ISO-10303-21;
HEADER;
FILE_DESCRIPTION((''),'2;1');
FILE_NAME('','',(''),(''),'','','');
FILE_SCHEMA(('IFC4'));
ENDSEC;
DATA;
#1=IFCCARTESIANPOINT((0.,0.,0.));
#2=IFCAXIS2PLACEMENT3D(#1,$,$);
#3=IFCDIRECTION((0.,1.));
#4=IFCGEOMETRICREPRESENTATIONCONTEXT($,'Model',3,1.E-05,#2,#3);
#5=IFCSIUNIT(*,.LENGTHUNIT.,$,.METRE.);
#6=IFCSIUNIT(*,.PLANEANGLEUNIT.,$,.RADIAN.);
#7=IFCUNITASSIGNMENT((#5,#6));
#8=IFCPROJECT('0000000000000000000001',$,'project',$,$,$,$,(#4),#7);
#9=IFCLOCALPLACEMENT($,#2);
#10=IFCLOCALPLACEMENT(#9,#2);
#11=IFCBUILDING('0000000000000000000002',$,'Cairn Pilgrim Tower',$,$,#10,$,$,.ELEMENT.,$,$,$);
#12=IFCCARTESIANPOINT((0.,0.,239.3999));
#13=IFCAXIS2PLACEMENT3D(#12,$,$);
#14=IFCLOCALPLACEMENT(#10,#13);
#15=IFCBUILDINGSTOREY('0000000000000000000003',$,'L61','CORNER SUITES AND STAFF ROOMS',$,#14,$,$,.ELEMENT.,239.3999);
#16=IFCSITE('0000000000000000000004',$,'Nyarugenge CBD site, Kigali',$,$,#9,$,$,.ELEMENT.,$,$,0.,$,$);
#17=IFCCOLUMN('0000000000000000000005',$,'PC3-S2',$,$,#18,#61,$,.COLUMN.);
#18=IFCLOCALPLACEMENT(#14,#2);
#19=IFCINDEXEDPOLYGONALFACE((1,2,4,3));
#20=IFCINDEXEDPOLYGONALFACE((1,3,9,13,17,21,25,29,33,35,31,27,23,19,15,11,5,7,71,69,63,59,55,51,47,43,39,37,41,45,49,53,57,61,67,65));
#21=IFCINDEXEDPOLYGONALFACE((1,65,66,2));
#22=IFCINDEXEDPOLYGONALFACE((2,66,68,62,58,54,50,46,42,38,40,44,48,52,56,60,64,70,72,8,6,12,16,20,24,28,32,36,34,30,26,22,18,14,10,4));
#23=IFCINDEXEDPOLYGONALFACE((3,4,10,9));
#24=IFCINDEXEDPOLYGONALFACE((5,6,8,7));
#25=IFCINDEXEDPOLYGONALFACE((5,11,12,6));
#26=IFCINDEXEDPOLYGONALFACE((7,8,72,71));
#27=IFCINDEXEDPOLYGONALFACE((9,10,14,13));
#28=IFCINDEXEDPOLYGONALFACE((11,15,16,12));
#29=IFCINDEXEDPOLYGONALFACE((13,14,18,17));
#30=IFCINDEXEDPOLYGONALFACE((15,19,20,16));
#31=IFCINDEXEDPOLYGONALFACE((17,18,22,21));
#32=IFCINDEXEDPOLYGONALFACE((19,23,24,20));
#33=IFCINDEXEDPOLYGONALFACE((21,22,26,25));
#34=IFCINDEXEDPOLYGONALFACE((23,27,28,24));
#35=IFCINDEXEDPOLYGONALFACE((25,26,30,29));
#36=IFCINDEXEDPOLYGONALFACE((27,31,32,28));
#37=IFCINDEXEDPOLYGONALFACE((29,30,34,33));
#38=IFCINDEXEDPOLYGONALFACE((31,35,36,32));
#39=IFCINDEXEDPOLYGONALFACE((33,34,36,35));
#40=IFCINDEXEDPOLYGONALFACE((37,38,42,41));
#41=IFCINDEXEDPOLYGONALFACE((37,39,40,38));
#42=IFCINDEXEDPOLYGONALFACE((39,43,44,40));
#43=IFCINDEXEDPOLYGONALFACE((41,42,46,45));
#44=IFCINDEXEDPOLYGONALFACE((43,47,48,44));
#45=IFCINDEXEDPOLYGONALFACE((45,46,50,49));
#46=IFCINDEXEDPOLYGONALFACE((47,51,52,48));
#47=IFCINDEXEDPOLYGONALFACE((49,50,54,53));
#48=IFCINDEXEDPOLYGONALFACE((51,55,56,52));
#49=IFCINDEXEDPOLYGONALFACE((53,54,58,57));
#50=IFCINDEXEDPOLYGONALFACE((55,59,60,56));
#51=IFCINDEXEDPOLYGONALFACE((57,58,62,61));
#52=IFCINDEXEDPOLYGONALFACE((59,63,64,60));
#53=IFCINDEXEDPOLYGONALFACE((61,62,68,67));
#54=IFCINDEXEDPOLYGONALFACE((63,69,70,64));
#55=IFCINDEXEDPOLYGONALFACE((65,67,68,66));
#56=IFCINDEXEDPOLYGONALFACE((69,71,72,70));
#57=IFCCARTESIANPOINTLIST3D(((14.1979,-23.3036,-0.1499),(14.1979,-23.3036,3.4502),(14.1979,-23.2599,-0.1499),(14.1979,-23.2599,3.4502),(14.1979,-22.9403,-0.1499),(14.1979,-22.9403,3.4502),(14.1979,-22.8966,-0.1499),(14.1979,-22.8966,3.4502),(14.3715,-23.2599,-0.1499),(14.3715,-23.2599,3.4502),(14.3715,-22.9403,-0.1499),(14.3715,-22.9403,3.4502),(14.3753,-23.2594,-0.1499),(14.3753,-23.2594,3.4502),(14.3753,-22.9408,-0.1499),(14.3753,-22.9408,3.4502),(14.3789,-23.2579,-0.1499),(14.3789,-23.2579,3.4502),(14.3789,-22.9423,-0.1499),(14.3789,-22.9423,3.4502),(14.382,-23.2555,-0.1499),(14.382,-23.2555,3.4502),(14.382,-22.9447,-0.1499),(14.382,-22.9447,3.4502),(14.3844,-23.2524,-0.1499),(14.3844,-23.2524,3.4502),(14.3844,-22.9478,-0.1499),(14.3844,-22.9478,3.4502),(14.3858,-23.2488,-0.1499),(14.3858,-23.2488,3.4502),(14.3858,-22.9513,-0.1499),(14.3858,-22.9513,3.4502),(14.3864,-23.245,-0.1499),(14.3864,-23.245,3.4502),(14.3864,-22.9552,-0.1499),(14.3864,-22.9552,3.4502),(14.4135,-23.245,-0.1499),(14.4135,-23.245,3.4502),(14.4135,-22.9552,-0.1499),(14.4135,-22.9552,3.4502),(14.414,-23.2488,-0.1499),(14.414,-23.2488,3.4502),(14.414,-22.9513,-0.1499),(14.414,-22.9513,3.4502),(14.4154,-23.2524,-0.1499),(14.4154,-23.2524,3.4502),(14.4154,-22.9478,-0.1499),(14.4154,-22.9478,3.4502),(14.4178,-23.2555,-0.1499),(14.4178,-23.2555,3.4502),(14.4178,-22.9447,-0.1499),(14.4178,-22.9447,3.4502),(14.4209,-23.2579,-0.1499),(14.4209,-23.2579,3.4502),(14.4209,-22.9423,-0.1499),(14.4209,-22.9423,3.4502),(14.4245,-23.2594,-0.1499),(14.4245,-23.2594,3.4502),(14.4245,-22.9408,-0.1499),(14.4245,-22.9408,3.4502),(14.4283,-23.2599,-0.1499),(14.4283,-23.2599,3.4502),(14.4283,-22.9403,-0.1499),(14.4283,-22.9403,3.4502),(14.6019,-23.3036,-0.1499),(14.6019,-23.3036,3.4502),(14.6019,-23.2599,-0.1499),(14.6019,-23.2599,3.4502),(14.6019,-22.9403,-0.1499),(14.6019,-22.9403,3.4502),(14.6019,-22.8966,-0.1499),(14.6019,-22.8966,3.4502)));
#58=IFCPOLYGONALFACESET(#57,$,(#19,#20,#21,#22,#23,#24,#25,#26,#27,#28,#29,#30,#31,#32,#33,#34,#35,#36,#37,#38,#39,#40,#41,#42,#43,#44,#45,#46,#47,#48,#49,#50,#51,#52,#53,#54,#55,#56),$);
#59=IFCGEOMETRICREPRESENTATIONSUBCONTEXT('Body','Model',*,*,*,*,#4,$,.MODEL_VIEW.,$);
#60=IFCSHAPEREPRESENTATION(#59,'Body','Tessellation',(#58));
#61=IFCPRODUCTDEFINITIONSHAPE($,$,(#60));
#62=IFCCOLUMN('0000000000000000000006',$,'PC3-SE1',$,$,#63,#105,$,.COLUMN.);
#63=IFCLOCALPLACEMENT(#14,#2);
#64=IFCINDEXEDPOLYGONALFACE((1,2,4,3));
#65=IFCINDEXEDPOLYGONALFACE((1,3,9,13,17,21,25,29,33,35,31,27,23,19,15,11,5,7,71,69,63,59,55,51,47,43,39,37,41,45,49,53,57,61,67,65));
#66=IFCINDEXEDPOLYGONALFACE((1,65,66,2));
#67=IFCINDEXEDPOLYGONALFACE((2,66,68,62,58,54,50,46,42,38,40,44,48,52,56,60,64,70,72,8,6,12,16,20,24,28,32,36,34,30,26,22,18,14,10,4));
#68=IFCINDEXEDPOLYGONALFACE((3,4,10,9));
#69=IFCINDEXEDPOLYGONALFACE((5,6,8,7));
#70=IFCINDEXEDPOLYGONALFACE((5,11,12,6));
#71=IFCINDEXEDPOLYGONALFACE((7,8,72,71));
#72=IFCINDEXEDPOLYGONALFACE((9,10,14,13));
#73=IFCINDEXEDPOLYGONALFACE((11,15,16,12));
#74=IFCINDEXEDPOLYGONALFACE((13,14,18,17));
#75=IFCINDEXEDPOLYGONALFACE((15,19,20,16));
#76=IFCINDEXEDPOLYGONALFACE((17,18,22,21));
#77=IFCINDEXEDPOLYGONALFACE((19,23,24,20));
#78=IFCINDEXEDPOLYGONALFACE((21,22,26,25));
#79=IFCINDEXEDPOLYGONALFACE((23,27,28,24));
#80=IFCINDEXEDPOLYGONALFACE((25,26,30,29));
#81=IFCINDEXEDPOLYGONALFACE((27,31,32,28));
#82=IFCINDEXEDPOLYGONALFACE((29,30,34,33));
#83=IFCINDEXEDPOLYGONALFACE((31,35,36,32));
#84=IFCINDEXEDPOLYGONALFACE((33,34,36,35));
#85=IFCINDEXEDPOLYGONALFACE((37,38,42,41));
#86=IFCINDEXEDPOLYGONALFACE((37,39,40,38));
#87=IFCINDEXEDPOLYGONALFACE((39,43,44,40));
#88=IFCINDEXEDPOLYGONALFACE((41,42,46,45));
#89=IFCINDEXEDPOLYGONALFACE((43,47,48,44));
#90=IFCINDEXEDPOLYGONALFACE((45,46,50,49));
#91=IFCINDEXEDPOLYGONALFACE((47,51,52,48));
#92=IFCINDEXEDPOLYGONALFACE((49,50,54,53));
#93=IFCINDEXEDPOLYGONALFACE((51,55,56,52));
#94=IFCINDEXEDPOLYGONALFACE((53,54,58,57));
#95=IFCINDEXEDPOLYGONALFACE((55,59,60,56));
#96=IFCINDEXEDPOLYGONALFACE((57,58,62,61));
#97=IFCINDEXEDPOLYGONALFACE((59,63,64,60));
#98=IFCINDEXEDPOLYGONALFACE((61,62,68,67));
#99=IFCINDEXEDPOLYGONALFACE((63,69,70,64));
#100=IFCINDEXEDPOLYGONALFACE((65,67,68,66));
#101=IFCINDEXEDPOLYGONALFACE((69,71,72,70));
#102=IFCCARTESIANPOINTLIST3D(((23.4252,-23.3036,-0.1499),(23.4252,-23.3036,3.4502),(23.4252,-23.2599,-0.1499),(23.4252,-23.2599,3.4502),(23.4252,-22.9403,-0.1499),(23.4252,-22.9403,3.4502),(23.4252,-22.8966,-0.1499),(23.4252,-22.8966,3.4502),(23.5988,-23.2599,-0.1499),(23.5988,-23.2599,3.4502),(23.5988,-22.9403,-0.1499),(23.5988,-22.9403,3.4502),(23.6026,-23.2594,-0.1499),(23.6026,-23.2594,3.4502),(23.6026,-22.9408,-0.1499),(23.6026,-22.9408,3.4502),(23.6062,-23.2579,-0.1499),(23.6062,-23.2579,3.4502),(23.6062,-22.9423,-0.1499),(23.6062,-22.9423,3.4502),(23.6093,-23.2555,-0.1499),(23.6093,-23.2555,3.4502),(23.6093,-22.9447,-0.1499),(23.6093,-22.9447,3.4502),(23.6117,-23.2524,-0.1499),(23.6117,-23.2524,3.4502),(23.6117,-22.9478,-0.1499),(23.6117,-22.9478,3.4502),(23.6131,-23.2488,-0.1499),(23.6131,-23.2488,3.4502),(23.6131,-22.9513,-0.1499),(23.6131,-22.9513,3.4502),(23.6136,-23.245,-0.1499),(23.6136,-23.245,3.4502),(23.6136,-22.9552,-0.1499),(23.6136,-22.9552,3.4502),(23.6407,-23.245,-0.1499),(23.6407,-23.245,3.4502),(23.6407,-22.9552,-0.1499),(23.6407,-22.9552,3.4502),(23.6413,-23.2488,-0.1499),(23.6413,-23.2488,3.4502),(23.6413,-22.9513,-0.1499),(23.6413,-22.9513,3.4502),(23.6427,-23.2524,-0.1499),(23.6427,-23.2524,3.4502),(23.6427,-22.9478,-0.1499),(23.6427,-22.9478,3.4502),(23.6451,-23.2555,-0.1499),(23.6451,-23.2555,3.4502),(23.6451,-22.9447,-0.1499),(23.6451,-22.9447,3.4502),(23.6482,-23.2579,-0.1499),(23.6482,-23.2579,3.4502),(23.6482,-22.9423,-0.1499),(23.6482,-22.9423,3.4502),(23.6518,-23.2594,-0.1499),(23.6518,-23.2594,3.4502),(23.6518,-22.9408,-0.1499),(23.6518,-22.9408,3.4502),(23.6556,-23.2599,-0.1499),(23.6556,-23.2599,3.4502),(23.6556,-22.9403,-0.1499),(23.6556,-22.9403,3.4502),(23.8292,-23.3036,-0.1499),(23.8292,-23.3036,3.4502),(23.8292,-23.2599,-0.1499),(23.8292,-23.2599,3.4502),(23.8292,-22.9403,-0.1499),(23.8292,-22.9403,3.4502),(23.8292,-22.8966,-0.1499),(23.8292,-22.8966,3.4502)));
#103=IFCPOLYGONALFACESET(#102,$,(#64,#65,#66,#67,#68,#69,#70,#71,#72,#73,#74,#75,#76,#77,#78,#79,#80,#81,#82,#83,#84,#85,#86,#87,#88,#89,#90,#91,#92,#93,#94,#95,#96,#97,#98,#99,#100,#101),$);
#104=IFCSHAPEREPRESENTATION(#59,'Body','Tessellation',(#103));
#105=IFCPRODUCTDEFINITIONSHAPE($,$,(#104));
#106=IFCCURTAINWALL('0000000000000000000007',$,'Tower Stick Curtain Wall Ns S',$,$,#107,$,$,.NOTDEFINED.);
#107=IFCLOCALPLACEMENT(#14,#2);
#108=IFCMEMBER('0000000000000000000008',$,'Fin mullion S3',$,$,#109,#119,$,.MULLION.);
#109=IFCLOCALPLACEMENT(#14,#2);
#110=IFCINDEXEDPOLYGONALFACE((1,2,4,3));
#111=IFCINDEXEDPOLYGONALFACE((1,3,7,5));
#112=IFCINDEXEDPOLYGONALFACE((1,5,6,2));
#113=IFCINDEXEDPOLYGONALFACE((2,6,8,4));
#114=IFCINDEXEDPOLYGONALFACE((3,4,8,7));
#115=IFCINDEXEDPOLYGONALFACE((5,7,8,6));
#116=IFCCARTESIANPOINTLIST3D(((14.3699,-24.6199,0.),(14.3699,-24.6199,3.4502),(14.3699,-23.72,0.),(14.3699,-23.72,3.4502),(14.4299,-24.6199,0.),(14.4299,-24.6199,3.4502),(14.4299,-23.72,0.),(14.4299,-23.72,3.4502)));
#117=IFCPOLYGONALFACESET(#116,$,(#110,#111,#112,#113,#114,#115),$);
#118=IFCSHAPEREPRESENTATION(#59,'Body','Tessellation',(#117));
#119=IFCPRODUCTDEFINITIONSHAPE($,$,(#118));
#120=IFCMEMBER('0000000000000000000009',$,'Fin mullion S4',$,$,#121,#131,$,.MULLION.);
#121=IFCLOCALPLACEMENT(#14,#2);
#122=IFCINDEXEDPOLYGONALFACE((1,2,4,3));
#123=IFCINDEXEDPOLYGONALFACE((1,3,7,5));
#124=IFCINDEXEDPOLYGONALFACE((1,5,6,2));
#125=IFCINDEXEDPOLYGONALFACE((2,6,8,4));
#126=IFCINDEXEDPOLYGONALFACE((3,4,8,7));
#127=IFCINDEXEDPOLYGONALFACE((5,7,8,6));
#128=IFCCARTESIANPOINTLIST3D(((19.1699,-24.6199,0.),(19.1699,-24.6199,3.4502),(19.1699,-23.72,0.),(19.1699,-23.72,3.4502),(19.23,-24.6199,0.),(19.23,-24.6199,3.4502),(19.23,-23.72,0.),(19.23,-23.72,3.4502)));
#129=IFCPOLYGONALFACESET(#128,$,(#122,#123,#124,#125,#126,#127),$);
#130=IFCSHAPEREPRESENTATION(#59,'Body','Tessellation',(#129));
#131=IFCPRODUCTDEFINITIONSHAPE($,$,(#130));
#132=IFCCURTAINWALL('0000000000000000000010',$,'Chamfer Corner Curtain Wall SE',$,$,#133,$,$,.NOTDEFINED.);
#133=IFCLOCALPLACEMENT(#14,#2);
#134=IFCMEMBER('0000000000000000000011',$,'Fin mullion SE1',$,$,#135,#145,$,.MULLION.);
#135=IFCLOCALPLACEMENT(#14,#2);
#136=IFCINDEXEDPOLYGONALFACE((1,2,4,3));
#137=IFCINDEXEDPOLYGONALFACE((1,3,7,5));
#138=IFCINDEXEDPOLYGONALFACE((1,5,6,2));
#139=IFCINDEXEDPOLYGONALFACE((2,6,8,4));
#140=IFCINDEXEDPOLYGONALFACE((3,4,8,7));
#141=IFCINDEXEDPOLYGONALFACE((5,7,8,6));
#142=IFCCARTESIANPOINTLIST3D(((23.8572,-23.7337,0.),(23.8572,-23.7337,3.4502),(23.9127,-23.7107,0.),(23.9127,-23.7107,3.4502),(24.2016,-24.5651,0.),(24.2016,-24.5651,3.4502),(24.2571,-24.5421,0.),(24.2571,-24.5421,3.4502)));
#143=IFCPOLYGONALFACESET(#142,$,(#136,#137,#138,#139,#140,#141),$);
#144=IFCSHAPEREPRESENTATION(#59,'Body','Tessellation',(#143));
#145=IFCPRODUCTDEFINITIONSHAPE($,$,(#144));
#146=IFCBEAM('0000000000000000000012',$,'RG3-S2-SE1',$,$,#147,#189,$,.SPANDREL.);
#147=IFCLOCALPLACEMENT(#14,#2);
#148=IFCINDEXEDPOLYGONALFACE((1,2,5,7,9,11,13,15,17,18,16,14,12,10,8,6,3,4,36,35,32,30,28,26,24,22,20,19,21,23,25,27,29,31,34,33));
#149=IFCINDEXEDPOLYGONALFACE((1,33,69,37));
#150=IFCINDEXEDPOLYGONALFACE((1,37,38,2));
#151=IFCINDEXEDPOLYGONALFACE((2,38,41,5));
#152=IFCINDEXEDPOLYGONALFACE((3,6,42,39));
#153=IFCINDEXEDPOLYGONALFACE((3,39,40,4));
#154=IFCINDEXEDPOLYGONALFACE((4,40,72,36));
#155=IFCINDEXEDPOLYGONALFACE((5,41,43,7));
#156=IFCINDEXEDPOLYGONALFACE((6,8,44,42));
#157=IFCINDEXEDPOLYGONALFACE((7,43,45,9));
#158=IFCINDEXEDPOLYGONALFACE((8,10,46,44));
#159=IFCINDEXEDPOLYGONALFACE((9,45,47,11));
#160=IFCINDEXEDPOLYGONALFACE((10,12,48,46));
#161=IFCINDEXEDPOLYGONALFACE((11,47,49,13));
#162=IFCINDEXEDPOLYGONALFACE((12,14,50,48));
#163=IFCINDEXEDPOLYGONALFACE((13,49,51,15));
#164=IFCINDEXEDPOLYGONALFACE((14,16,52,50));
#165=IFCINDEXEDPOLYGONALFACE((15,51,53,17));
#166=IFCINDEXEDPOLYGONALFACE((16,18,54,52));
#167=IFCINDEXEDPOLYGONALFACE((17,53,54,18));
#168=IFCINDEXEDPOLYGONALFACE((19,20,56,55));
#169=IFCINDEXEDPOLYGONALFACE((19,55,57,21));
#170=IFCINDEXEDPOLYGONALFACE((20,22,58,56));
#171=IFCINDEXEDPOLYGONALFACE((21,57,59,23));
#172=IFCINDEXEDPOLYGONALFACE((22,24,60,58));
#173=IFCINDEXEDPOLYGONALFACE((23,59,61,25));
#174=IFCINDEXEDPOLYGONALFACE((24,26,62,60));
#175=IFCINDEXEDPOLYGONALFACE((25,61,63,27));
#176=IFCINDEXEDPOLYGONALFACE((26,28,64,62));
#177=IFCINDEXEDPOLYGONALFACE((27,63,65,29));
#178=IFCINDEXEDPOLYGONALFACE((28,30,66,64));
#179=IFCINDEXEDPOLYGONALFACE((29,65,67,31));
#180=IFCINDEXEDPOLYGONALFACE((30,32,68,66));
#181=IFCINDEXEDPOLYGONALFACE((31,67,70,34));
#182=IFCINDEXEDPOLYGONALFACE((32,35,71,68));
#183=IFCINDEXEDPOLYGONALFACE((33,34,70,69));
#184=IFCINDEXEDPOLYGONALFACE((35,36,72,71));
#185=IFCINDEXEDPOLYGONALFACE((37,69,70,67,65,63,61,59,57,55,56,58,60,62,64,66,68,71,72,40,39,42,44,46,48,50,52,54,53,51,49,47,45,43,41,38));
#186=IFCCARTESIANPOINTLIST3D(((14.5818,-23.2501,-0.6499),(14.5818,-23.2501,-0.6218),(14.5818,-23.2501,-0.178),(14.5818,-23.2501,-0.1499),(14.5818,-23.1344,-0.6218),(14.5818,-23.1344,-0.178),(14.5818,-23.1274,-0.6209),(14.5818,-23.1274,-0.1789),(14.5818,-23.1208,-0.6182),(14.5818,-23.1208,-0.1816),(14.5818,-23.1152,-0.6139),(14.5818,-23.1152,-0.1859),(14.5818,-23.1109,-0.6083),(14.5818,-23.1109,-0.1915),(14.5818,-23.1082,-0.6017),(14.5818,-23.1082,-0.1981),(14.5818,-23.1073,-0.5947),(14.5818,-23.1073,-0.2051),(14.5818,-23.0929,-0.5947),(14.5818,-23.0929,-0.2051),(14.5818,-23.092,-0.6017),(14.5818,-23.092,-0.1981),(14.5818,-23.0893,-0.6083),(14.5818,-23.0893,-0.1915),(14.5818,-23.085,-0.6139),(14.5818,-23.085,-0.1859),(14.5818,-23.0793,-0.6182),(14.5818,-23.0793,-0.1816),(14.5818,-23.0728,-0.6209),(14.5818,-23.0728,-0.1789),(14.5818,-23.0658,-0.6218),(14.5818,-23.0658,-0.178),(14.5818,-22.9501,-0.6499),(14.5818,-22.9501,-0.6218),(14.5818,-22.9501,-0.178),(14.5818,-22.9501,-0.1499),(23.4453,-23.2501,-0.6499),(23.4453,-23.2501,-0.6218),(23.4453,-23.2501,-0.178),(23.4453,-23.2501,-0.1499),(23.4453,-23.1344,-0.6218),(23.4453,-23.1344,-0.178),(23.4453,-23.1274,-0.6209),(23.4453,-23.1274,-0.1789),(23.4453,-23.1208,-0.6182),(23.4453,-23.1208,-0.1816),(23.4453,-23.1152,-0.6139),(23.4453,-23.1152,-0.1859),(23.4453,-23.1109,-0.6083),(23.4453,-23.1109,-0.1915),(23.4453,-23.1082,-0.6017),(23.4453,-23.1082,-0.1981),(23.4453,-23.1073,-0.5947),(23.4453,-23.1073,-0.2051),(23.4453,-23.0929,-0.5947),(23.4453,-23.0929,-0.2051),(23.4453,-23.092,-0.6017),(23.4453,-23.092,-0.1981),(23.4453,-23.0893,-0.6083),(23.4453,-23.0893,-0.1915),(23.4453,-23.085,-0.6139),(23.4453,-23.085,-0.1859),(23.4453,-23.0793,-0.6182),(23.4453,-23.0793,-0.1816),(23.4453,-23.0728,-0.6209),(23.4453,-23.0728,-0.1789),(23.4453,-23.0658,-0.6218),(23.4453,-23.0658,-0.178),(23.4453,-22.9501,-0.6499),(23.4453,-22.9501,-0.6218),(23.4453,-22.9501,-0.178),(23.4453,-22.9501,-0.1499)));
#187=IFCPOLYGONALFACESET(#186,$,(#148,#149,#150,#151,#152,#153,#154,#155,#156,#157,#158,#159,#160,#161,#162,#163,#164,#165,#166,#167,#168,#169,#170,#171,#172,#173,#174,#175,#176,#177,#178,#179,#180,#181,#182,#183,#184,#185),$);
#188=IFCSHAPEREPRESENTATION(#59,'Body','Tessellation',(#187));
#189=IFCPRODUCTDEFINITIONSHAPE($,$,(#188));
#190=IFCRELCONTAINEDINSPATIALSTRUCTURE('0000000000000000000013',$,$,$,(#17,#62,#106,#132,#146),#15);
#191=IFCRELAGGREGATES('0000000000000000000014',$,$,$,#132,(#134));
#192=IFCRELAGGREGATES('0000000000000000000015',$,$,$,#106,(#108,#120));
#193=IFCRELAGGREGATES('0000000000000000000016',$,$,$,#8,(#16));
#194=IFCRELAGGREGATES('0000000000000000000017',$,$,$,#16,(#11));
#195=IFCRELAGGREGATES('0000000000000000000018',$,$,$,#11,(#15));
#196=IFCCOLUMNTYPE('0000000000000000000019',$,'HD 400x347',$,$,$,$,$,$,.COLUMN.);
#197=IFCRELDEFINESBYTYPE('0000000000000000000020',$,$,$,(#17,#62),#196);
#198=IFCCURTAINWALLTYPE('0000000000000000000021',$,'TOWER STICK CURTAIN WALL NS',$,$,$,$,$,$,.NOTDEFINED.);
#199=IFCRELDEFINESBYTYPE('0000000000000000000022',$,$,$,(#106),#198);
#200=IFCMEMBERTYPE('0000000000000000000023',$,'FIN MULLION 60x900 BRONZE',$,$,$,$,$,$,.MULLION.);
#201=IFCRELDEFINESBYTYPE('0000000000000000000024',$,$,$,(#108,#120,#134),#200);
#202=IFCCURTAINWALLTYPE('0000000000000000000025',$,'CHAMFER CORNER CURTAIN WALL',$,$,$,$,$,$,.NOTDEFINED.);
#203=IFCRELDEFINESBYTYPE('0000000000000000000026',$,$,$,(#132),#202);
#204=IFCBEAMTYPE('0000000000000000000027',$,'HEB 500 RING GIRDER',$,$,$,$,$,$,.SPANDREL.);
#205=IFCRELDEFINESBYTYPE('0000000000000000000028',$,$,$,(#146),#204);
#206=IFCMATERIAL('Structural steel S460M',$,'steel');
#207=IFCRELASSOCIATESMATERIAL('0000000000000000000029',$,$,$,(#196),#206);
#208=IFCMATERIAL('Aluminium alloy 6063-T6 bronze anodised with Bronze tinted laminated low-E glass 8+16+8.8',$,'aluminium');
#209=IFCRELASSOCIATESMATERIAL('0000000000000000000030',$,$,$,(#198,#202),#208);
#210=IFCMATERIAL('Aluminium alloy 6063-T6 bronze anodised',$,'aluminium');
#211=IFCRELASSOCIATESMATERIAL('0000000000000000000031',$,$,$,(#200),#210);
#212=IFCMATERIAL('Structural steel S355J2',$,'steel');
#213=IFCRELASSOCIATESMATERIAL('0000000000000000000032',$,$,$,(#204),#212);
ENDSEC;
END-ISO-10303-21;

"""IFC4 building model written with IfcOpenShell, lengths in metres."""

from ifc_helpers import new_model, si_unit, direction, frame, origin, origin_2d, place, context, subcontext, project, spatial, rectangle, i_section, extrude, material, material_profile, profile_set, type_object, element, aggregate, save


model = new_model("IFC4")

# Units and contexts
model_context = context("Model", 3, precision=1e-05, world=origin(), true_north=direction((0.0, 1.0)))
body_context = subcontext(model_context, "Body", "Model", "MODEL_VIEW")
ifc_project = project(units=[si_unit("LENGTHUNIT", "METRE"), si_unit("PLANEANGLEUNIT", "RADIAN")], contexts=[model_context])

# Site, building, storey
site_placement = place(None, origin())
site = spatial("IfcSite", under=ifc_project, at=site_placement, Name="Nyarugenge CBD site, Kigali", CompositionType="ELEMENT", RefElevation=0.0)
building_placement = place(site_placement, origin())
building = spatial("IfcBuilding", under=site, at=building_placement, Name="Cairn Pilgrim Tower", CompositionType="ELEMENT")
storey_placement = place(building_placement, frame((0.0, 0.0, 239.3999)))
storey = spatial("IfcBuildingStorey", under=building, at=storey_placement, Name="L61", Description="CORNER SUITES AND STAFF ROOMS", CompositionType="ELEMENT", Elevation=239.3999)

# Columns
ifc_material_1 = material(Name="Structural steel S460M", Category="steel")
ifc_material_profile_1 = material_profile(ifc_material_1, i_section(OverallWidth=0.4041, OverallDepth=0.407, WebThickness=0.0271, FlangeThickness=0.0437, FilletRadius=0.0149, at=origin_2d()), Name="HD 400x347")
ifc_profile_set_1 = profile_set([ifc_material_profile_1], Name="Structural steel S460M")
column_type = type_object("IfcColumnType", Name="HD 400x347", PredefinedType="COLUMN", material=ifc_profile_set_1)
for number, where, z_axis, x_axis, name in (
    (1, (14.3999, -23.1001, -0.1499), (0.0, 0.0, 1.0), (1.0, 0.0, 0.0), "PC3-S2"),
    (2, (23.6272, -23.1001, -0.1499), (0.0, 0.0, 1.0), (1.0, 0.0, 0.0), "PC3-SE1"),
):
    element("IfcColumn", number, at=place(storey_placement, frame(where, z_axis=z_axis, x_axis=x_axis)), inside=storey, type_object=column_type, Name=name, PredefinedType="COLUMN", context=body_context, shape_type="SweptSolid", body=[
        extrude(i_section(OverallWidth=0.4041, OverallDepth=0.407, WebThickness=0.0271, FlangeThickness=0.0437, FilletRadius=0.0149, at=origin_2d()), origin(), (0.0, 0.0, 1.0), 3.6001),
    ])

# Curtain wall, members
ifc_material_2 = material(Name="Aluminium alloy 6063-T6 bronze anodised with Bronze tinted laminated low-E glass 8+16+8.8", Category="aluminium")
curtain_wall_type_1 = type_object("IfcCurtainWallType", Name="TOWER STICK CURTAIN WALL NS", PredefinedType="NOTDEFINED", material=ifc_material_2)
curtain_wall_1_placement = place(storey_placement, origin())
curtain_wall_1 = element("IfcCurtainWall", 3, at=curtain_wall_1_placement, inside=storey, type_object=curtain_wall_type_1, Name="Tower Stick Curtain Wall Ns S", PredefinedType="NOTDEFINED")
ifc_material_3 = material(Name="Aluminium alloy 6063-T6 bronze anodised", Category="aluminium")
ifc_material_profile_2 = material_profile(ifc_material_3, rectangle(XDim=0.8999, YDim=0.0601, at=origin_2d()), Name="FIN MULLION 60x900 BRONZE")
ifc_profile_set_2 = profile_set([ifc_material_profile_2], Name="Aluminium alloy 6063-T6 bronze anodised")
member_type_1 = type_object("IfcMemberType", Name="FIN MULLION 60x900 BRONZE", PredefinedType="MULLION", material=ifc_profile_set_2)
member_1_placement = place(storey_placement, frame((14.3999, -24.1699, 0.0), z_axis=(0.0, 0.0, 1.0), x_axis=(0.0, -1.0, 0.0)))
member_1 = element("IfcMember", 4, at=member_1_placement, type_object=member_type_1, Name="Fin mullion S3", PredefinedType="MULLION", context=body_context, shape_type="SweptSolid", body=[
    extrude(rectangle(XDim=0.8999, YDim=0.0601, at=origin_2d()), origin(), (0.0, 0.0, 1.0), 3.4502),
])
member_2_placement = place(storey_placement, frame((19.2, -24.1699, 0.0), z_axis=(0.0, 0.0, 1.0), x_axis=(0.0, -1.0, 0.0)))
member_2 = element("IfcMember", 5, at=member_2_placement, type_object=member_type_1, Name="Fin mullion S4", PredefinedType="MULLION", context=body_context, shape_type="SweptSolid", body=[
    extrude(rectangle(XDim=0.8999, YDim=0.0601, at=origin_2d()), origin(), (0.0, 0.0, 1.0), 3.4502),
])

# Curtain wall, member
curtain_wall_type_2 = type_object("IfcCurtainWallType", Name="CHAMFER CORNER CURTAIN WALL", PredefinedType="NOTDEFINED", material=ifc_material_2)
curtain_wall_2_placement = place(storey_placement, origin())
curtain_wall_2 = element("IfcCurtainWall", 6, at=curtain_wall_2_placement, inside=storey, type_object=curtain_wall_type_2, Name="Chamfer Corner Curtain Wall SE", PredefinedType="NOTDEFINED")
member_3_placement = place(storey_placement, frame((24.0571, -24.1379, 0.0), z_axis=(0.0, 0.0, 1.0), x_axis=(0.382683, -0.92388, 0.0)))
member_3 = element("IfcMember", 7, at=member_3_placement, type_object=member_type_1, Name="Fin mullion SE1", PredefinedType="MULLION", context=body_context, shape_type="SweptSolid", body=[
    extrude(rectangle(XDim=0.8999, YDim=0.0601, at=origin_2d()), origin(), (0.0, 0.0, 1.0), 3.4502),
])

# Beam
ifc_material_4 = material(Name="Structural steel S355J2", Category="steel")
ifc_material_profile_3 = material_profile(ifc_material_4, i_section(OverallWidth=0.3, OverallDepth=0.5, WebThickness=0.0144, FlangeThickness=0.0281, FilletRadius=0.0271, at=origin_2d()), Name="HEB 500")
ifc_profile_set_3 = profile_set([ifc_material_profile_3], Name="Structural steel S355J2")
beam_type_1 = type_object("IfcBeamType", Name="HEB 500 RING GIRDER", PredefinedType="SPANDREL", material=ifc_profile_set_3)
beam_1_placement = place(storey_placement, frame((14.5818, -23.1001, -0.3999), z_axis=(1.0, 0.0, 0.0), x_axis=(0.0, 1.0, 0.0)))
element("IfcBeam", 8, at=beam_1_placement, inside=storey, type_object=beam_type_1, Name="RG3-S2-SE1", PredefinedType="SPANDREL", context=body_context, shape_type="SweptSolid", body=[
    extrude(i_section(OverallWidth=0.3, OverallDepth=0.5, WebThickness=0.0144, FlangeThickness=0.0281, FilletRadius=0.0271, at=origin_2d()), origin(), (0.0, 0.0, 1.0), 8.8635),
])

aggregate(curtain_wall_2, [member_3])

aggregate(curtain_wall_1, [member_1, member_2])

save(model, "model.ifc")
